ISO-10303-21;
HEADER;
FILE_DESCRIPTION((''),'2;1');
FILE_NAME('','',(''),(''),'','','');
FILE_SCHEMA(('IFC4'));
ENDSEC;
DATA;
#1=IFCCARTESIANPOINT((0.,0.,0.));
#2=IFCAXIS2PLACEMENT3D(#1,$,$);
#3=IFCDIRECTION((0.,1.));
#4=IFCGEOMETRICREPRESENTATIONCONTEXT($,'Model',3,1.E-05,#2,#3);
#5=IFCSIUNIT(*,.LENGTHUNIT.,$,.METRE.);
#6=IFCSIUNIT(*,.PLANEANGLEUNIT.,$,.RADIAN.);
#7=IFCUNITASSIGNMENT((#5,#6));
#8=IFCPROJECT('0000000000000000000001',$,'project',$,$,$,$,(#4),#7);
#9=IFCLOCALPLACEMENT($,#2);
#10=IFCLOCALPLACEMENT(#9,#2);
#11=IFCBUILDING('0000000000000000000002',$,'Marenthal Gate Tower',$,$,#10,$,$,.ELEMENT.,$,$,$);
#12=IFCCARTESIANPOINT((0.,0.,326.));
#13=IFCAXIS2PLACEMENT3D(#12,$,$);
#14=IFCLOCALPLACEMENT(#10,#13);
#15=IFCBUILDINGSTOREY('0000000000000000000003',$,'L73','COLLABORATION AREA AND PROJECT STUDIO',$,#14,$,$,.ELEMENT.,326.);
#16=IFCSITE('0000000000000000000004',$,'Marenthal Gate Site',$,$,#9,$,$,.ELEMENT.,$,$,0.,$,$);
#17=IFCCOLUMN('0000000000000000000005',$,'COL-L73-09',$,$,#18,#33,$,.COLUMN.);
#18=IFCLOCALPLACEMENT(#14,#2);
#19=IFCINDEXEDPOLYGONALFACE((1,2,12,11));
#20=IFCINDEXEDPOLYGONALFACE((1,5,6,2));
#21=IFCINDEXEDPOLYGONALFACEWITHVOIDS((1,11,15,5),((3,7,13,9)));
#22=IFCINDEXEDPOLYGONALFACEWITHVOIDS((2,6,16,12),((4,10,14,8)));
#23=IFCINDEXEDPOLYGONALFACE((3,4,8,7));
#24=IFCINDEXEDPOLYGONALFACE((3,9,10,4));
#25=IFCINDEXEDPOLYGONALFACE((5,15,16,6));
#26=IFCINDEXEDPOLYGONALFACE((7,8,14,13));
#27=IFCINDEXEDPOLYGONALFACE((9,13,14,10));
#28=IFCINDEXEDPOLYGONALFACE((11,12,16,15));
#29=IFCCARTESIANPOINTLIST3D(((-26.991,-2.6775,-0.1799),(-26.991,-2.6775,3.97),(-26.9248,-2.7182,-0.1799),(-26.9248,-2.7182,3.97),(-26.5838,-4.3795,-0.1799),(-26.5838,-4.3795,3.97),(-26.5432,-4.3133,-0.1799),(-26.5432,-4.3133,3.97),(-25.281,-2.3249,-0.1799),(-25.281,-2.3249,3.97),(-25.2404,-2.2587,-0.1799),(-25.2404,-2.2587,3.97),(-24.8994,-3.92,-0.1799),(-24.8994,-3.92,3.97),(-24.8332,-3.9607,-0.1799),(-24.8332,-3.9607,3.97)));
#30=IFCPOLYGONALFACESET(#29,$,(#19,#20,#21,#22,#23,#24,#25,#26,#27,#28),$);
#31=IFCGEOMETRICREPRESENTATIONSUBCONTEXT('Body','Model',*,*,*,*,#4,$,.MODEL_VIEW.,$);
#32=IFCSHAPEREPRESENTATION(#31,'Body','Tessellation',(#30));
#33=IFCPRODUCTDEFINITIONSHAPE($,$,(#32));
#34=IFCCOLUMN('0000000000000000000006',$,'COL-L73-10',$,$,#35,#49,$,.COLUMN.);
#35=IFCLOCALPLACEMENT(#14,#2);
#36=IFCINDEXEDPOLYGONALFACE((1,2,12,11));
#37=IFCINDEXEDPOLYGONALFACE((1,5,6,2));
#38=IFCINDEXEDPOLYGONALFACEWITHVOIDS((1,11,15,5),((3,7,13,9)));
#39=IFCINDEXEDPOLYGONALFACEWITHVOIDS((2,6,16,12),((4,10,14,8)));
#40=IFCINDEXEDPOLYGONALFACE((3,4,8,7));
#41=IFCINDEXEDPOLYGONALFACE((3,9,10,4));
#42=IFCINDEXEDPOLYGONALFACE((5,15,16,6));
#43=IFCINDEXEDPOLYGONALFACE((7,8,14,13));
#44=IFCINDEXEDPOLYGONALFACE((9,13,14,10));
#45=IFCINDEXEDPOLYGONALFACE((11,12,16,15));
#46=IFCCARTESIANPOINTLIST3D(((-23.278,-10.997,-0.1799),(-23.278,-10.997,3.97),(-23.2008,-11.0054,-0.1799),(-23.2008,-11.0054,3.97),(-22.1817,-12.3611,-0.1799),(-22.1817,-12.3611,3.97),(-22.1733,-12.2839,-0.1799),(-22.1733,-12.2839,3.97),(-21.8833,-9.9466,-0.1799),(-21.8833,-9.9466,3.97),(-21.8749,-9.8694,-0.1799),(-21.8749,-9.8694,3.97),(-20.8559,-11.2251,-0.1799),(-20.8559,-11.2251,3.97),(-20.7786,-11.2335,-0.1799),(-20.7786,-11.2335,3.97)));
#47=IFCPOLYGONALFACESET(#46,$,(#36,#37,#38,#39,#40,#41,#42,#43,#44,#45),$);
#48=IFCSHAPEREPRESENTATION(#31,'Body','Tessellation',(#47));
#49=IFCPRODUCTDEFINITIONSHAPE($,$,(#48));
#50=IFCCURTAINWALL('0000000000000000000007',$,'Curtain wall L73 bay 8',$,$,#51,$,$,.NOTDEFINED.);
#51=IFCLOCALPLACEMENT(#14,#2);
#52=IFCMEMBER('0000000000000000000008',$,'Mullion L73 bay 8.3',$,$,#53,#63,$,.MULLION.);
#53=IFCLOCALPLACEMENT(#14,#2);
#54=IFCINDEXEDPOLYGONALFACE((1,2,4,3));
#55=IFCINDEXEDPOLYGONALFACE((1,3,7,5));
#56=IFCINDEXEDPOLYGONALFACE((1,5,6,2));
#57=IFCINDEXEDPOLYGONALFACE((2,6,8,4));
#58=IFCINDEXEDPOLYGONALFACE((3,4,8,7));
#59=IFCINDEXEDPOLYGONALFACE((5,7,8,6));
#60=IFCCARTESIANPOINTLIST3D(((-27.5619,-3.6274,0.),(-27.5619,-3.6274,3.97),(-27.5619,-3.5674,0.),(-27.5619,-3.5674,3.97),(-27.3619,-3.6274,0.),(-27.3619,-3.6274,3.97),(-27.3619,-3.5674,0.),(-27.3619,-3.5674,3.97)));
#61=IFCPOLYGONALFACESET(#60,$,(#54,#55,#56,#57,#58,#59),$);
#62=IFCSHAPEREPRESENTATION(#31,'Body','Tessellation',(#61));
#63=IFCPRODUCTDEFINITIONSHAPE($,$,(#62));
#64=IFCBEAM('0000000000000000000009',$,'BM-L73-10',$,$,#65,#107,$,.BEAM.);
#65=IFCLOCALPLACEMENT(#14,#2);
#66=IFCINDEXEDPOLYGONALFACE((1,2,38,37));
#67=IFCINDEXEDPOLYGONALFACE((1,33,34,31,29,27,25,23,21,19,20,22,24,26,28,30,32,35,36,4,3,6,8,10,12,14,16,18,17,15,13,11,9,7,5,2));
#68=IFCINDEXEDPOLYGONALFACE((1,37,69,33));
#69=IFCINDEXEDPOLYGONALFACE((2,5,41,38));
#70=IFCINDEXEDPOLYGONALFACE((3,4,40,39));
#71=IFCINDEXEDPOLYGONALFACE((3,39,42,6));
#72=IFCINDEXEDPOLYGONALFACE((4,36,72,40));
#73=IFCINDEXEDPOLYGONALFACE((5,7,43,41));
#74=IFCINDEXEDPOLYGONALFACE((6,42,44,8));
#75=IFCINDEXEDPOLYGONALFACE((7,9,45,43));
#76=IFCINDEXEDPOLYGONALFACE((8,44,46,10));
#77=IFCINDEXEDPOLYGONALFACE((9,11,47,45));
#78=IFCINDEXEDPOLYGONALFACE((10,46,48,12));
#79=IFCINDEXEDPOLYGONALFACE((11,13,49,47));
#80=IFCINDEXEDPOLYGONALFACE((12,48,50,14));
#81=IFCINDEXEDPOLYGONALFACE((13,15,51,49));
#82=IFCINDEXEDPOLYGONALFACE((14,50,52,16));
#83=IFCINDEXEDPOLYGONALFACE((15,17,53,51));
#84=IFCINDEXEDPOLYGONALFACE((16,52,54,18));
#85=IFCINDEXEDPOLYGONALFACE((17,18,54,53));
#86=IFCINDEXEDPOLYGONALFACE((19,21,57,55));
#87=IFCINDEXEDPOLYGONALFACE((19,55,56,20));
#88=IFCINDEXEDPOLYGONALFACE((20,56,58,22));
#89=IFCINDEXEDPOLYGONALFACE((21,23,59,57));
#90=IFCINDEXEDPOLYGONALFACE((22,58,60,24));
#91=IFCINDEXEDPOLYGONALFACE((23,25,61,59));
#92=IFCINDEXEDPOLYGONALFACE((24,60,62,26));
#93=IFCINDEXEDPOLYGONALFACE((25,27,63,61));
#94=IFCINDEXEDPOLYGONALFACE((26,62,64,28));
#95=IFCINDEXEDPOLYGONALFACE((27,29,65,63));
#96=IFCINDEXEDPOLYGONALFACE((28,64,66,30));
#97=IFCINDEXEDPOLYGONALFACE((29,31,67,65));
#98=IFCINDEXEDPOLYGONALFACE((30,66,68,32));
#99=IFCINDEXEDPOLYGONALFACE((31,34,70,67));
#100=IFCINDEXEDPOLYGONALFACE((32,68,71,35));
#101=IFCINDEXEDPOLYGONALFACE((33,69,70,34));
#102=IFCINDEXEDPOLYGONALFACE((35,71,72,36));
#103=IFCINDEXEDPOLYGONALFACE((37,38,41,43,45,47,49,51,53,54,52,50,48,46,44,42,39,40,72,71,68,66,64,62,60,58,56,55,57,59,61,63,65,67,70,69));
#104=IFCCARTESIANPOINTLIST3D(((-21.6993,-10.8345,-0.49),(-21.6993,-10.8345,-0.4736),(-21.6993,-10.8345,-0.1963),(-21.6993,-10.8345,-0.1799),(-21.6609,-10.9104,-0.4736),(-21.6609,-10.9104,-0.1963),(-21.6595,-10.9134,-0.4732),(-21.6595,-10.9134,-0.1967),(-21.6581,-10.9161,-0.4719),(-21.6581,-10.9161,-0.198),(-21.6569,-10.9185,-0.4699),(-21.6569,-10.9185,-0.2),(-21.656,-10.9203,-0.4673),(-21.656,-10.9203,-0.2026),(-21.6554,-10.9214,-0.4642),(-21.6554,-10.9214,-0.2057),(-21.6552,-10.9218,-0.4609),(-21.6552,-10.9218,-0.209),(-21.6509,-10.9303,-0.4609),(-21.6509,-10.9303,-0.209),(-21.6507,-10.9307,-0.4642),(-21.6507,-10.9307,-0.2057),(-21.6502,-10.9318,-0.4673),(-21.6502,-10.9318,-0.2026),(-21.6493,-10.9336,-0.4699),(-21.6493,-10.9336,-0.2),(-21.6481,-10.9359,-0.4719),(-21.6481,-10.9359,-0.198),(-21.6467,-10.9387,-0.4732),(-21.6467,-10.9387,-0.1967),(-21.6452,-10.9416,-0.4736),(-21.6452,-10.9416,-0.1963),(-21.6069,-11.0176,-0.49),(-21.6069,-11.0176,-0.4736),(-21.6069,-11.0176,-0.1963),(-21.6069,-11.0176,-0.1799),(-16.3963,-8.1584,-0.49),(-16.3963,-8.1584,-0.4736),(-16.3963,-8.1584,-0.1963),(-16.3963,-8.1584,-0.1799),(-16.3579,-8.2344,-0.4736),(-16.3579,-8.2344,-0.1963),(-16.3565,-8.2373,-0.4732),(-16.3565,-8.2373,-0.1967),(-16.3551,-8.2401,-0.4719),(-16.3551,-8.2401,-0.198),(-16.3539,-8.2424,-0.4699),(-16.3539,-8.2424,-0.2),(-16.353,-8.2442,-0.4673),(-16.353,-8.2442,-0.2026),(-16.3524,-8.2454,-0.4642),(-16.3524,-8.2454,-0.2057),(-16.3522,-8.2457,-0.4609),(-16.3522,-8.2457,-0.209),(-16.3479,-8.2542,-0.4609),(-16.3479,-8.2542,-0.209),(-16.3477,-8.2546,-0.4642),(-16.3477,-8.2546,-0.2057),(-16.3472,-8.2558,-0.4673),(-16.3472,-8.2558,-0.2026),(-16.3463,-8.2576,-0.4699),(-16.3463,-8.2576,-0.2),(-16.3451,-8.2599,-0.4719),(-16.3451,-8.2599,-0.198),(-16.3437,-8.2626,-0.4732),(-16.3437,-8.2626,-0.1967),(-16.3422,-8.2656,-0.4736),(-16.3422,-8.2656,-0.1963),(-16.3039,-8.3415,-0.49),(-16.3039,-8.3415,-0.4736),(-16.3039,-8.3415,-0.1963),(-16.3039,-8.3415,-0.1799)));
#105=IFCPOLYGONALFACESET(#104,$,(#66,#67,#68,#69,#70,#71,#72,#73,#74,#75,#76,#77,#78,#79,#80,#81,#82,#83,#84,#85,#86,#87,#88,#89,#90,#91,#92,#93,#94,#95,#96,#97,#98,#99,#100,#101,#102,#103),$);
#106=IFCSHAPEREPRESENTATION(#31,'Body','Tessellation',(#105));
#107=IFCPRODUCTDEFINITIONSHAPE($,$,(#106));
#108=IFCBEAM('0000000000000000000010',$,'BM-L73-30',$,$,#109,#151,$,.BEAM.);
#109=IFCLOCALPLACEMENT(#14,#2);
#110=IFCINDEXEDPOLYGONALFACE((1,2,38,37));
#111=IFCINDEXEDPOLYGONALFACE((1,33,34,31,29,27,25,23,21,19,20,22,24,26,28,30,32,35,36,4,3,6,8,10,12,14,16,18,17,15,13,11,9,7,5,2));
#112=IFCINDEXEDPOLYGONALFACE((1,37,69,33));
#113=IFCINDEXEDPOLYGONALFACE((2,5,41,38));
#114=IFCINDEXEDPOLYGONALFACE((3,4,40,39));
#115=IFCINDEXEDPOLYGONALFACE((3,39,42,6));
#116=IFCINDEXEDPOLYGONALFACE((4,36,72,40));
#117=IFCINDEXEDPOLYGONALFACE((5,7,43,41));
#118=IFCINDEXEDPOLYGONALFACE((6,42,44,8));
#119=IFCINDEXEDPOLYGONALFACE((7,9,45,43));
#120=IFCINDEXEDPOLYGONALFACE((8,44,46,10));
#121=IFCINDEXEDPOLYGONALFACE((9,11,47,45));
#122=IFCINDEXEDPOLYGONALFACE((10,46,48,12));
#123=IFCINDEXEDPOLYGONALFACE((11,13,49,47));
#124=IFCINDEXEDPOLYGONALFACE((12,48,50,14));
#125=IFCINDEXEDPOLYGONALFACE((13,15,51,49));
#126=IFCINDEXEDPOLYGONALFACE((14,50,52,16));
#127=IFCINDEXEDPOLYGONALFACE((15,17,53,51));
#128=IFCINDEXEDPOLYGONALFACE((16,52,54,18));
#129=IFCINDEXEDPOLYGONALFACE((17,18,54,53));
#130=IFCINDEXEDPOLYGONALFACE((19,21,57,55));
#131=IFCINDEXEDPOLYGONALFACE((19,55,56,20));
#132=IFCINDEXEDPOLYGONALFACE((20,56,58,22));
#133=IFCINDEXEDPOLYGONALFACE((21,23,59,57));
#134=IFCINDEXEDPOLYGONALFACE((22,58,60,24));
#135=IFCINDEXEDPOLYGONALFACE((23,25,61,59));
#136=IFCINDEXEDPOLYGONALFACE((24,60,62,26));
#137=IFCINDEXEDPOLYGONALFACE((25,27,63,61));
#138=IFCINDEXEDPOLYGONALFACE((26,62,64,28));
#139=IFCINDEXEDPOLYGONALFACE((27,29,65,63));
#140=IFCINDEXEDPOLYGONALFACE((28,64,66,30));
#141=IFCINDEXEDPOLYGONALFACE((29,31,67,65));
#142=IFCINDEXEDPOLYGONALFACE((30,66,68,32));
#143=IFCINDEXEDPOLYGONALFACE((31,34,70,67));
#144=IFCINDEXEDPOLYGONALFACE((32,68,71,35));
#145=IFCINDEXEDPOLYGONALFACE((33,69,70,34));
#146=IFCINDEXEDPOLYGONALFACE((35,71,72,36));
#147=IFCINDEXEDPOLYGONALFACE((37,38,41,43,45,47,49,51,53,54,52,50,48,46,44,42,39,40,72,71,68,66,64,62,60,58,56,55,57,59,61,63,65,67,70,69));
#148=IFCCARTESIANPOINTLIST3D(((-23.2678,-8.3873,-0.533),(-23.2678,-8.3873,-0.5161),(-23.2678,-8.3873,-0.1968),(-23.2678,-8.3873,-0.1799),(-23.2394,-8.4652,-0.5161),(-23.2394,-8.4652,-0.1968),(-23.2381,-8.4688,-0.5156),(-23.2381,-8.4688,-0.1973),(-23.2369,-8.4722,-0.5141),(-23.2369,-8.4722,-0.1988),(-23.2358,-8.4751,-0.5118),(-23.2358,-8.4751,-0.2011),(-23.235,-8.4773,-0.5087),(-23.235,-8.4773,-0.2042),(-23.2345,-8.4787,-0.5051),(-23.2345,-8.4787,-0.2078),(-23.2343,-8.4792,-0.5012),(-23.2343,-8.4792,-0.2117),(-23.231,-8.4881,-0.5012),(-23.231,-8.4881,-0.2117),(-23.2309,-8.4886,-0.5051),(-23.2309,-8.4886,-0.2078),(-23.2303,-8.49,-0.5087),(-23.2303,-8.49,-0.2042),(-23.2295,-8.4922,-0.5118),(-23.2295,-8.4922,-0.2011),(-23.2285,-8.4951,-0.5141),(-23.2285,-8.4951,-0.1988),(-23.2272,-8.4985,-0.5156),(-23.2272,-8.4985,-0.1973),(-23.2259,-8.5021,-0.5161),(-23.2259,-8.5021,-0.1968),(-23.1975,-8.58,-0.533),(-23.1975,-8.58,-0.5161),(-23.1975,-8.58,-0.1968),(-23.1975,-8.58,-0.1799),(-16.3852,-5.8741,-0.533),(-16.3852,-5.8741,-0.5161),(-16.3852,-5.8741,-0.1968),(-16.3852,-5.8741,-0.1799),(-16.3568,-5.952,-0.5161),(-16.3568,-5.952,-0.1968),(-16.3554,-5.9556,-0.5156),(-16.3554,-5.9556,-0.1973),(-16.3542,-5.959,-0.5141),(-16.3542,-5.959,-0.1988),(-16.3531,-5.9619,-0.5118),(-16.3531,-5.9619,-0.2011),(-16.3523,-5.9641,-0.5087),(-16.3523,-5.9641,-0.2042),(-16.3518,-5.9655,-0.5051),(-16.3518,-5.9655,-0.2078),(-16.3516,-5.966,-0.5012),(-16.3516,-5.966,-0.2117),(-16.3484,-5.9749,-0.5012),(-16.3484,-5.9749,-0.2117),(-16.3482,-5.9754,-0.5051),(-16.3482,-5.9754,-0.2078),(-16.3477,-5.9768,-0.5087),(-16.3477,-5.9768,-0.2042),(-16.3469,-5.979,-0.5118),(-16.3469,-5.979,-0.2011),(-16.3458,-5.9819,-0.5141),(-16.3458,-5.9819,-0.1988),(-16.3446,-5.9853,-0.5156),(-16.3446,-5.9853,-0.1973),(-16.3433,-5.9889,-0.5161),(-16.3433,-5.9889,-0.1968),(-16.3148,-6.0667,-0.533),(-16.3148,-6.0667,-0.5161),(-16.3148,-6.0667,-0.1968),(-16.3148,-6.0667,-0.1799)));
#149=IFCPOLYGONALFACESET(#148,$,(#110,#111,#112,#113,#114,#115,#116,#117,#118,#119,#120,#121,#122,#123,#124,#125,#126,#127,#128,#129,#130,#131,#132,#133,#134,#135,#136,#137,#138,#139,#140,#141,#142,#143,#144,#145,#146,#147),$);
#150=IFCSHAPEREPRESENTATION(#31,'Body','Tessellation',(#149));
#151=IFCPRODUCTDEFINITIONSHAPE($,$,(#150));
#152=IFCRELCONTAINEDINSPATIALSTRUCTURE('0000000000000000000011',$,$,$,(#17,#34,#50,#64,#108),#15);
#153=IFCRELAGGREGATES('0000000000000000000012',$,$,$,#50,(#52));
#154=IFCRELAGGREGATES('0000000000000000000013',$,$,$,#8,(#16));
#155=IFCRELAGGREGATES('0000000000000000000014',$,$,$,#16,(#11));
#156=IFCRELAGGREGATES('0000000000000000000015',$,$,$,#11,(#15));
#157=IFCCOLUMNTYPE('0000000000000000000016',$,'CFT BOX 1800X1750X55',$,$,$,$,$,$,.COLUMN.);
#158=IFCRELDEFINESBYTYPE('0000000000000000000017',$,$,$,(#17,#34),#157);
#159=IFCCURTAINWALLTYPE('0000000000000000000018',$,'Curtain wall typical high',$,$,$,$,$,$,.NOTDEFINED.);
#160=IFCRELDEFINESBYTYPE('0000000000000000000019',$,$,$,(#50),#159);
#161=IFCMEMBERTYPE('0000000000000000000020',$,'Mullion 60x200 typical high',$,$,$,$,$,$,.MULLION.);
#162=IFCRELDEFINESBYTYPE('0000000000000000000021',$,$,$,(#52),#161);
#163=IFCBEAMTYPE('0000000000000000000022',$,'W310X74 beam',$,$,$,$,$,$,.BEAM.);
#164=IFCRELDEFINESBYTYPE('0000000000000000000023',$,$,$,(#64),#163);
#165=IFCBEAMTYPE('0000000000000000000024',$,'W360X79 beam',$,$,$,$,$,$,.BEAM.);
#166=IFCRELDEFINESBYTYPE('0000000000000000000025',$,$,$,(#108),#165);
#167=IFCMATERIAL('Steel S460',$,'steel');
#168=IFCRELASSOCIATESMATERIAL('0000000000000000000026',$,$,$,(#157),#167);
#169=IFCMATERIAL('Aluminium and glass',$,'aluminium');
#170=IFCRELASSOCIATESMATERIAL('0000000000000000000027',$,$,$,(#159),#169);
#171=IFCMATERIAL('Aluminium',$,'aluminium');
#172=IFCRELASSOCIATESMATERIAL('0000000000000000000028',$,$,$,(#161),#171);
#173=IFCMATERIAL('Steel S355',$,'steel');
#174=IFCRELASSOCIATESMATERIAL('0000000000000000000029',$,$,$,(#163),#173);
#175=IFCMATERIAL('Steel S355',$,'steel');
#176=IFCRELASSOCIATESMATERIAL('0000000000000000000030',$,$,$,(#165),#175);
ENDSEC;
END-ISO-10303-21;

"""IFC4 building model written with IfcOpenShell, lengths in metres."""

from ifc_helpers import new_model, si_unit, direction, frame, origin, origin_2d, place, context, subcontext, project, spatial, rectangle, hollow_rectangle, i_section, extrude, material, material_profile, profile_set, type_object, element, aggregate, save


model = new_model("IFC4")

# Units and contexts
model_context = context("Model", 3, precision=1e-05, world=origin(), true_north=direction((0.0, 1.0)))
body_context = subcontext(model_context, "Body", "Model", "MODEL_VIEW")
ifc_project = project(units=[si_unit("LENGTHUNIT", "METRE"), si_unit("PLANEANGLEUNIT", "RADIAN")], contexts=[model_context])

# Site, building, storey
site_placement = place(None, origin())
site = spatial("IfcSite", under=ifc_project, at=site_placement, Name="Marenthal Gate Site", CompositionType="ELEMENT", RefElevation=0.0)
building_placement = place(site_placement, origin())
building = spatial("IfcBuilding", under=site, at=building_placement, Name="Marenthal Gate Tower", CompositionType="ELEMENT")
storey_placement = place(building_placement, frame((0.0, 0.0, 326.0)))
storey = spatial("IfcBuildingStorey", under=building, at=storey_placement, Name="L73", Description="COLLABORATION AREA AND PROJECT STUDIO", CompositionType="ELEMENT", Elevation=326.0)

# Columns
ifc_material_1 = material(Name="Steel S460", Category="steel")
ifc_material_profile_1 = material_profile(ifc_material_1, hollow_rectangle(XDim=1.75, YDim=1.8, WallThickness=0.0549, at=origin_2d()), Name="CFT BOX 1800X1750X55")
ifc_material_2 = material(Name="Concrete 70 MPa", Category="concrete")
ifc_material_profile_2 = material_profile(ifc_material_2, rectangle(XDim=1.6399, YDim=1.6899, at=origin_2d()), Name="CFT BOX 1800X1750X55 INFILL")
ifc_profile_set_1 = profile_set([ifc_material_profile_1, ifc_material_profile_2], Name="Steel S460 shell, Concrete 70 MPa infill")
column_type = type_object("IfcColumnType", Name="CFT BOX 1800X1750X55", PredefinedType="COLUMN", material=ifc_profile_set_1)
for number, where, z_axis, x_axis, name in (
    (1, (-25.9121, -3.3191, -0.1799), (0.0, 0.0, 1.0), (-0.232677, 0.972554, 0.0), "COL-L73-09"),
    (2, (-22.0283, -11.1152, -0.1799), (0.0, 0.0, 1.0), (-0.626431, 0.779477, 0.0), "COL-L73-10"),
):
    element("IfcColumn", number, at=place(storey_placement, frame(where, z_axis=z_axis, x_axis=x_axis)), inside=storey, type_object=column_type, Name=name, PredefinedType="COLUMN", context=body_context, shape_type="SweptSolid", body=[
        extrude(hollow_rectangle(XDim=1.75, YDim=1.8, WallThickness=0.0549, at=origin_2d()), origin(), (0.0, 0.0, 1.0), 4.1499),
    ])

# Curtain wall, member
ifc_material_3 = material(Name="Aluminium and glass", Category="aluminium")
curtain_wall_type = type_object("IfcCurtainWallType", Name="Curtain wall typical high", PredefinedType="NOTDEFINED", material=ifc_material_3)
curtain_wall_placement = place(storey_placement, origin())
curtain_wall = element("IfcCurtainWall", 3, at=curtain_wall_placement, inside=storey, type_object=curtain_wall_type, Name="Curtain wall L73 bay 8", PredefinedType="NOTDEFINED")
ifc_material_4 = material(Name="Aluminium", Category="aluminium")
ifc_material_profile_3 = material_profile(ifc_material_4, rectangle(XDim=0.2, YDim=0.0601, at=origin_2d()), Name="60x200 aluminium mullion")
ifc_profile_set_2 = profile_set([ifc_material_profile_3], Name="Aluminium")
member_type = type_object("IfcMemberType", Name="Mullion 60x200 typical high", PredefinedType="MULLION", material=ifc_profile_set_2)
member_placement = place(storey_placement, frame((-27.4619, -3.5974, 0.0), z_axis=(0.0, 0.0, 1.0), x_axis=(1.0, 0.0, 0.0)))
member = element("IfcMember", 4, at=member_placement, type_object=member_type, Name="Mullion L73 bay 8.3", PredefinedType="MULLION", context=body_context, shape_type="SweptSolid", body=[
    extrude(rectangle(XDim=0.2, YDim=0.0601, at=origin_2d()), origin(), (0.0, 0.0, 1.0), 3.97),
])
aggregate(curtain_wall, [member])

# Beams
ifc_material_5 = material(Name="Steel S355", Category="steel")
ifc_material_profile_4 = material_profile(ifc_material_5, i_section(OverallWidth=0.2051, OverallDepth=0.3101, WebThickness=0.0095, FlangeThickness=0.0164, FilletRadius=0.0127, at=origin_2d()), Name="W310X74")
ifc_profile_set_3 = profile_set([ifc_material_profile_4], Name="Steel S355")
beam_type_1 = type_object("IfcBeamType", Name="W310X74 beam", PredefinedType="BEAM", material=ifc_profile_set_3)
beam_1_placement = place(storey_placement, frame((-21.6531, -10.926, -0.335), z_axis=(0.892769, 0.450515, 0.0), x_axis=(-0.450515, 0.892769, 0.0)))
element("IfcBeam", 5, at=beam_1_placement, inside=storey, type_object=beam_type_1, Name="BM-L73-10", PredefinedType="BEAM", context=body_context, shape_type="SweptSolid", body=[
    extrude(i_section(OverallWidth=0.2051, OverallDepth=0.3101, WebThickness=0.0095, FlangeThickness=0.0164, FilletRadius=0.0127, at=origin_2d()), origin(), (0.0, 0.0, 1.0), 5.9399),
])
ifc_material_6 = material(Name="Steel S355", Category="steel")
ifc_material_profile_5 = material_profile(ifc_material_6, i_section(OverallWidth=0.2051, OverallDepth=0.353, WebThickness=0.0095, FlangeThickness=0.0168, FilletRadius=0.0149, at=origin_2d()), Name="W360X79")
ifc_profile_set_4 = profile_set([ifc_material_profile_5], Name="Steel S355")
beam_type_2 = type_object("IfcBeamType", Name="W360X79 beam", PredefinedType="BEAM", material=ifc_profile_set_4)
beam_2_placement = place(storey_placement, frame((-23.2327, -8.4836, -0.3564), z_axis=(0.939335, 0.343, 0.0), x_axis=(-0.343, 0.939335, 0.0)))
element("IfcBeam", 6, at=beam_2_placement, inside=storey, type_object=beam_type_2, Name="BM-L73-30", PredefinedType="BEAM", context=body_context, shape_type="SweptSolid", body=[
    extrude(i_section(OverallWidth=0.2051, OverallDepth=0.353, WebThickness=0.0095, FlangeThickness=0.0168, FilletRadius=0.0149, at=origin_2d()), origin(), (0.0, 0.0, 1.0), 7.3271),
])

save(model, "model.ifc")
